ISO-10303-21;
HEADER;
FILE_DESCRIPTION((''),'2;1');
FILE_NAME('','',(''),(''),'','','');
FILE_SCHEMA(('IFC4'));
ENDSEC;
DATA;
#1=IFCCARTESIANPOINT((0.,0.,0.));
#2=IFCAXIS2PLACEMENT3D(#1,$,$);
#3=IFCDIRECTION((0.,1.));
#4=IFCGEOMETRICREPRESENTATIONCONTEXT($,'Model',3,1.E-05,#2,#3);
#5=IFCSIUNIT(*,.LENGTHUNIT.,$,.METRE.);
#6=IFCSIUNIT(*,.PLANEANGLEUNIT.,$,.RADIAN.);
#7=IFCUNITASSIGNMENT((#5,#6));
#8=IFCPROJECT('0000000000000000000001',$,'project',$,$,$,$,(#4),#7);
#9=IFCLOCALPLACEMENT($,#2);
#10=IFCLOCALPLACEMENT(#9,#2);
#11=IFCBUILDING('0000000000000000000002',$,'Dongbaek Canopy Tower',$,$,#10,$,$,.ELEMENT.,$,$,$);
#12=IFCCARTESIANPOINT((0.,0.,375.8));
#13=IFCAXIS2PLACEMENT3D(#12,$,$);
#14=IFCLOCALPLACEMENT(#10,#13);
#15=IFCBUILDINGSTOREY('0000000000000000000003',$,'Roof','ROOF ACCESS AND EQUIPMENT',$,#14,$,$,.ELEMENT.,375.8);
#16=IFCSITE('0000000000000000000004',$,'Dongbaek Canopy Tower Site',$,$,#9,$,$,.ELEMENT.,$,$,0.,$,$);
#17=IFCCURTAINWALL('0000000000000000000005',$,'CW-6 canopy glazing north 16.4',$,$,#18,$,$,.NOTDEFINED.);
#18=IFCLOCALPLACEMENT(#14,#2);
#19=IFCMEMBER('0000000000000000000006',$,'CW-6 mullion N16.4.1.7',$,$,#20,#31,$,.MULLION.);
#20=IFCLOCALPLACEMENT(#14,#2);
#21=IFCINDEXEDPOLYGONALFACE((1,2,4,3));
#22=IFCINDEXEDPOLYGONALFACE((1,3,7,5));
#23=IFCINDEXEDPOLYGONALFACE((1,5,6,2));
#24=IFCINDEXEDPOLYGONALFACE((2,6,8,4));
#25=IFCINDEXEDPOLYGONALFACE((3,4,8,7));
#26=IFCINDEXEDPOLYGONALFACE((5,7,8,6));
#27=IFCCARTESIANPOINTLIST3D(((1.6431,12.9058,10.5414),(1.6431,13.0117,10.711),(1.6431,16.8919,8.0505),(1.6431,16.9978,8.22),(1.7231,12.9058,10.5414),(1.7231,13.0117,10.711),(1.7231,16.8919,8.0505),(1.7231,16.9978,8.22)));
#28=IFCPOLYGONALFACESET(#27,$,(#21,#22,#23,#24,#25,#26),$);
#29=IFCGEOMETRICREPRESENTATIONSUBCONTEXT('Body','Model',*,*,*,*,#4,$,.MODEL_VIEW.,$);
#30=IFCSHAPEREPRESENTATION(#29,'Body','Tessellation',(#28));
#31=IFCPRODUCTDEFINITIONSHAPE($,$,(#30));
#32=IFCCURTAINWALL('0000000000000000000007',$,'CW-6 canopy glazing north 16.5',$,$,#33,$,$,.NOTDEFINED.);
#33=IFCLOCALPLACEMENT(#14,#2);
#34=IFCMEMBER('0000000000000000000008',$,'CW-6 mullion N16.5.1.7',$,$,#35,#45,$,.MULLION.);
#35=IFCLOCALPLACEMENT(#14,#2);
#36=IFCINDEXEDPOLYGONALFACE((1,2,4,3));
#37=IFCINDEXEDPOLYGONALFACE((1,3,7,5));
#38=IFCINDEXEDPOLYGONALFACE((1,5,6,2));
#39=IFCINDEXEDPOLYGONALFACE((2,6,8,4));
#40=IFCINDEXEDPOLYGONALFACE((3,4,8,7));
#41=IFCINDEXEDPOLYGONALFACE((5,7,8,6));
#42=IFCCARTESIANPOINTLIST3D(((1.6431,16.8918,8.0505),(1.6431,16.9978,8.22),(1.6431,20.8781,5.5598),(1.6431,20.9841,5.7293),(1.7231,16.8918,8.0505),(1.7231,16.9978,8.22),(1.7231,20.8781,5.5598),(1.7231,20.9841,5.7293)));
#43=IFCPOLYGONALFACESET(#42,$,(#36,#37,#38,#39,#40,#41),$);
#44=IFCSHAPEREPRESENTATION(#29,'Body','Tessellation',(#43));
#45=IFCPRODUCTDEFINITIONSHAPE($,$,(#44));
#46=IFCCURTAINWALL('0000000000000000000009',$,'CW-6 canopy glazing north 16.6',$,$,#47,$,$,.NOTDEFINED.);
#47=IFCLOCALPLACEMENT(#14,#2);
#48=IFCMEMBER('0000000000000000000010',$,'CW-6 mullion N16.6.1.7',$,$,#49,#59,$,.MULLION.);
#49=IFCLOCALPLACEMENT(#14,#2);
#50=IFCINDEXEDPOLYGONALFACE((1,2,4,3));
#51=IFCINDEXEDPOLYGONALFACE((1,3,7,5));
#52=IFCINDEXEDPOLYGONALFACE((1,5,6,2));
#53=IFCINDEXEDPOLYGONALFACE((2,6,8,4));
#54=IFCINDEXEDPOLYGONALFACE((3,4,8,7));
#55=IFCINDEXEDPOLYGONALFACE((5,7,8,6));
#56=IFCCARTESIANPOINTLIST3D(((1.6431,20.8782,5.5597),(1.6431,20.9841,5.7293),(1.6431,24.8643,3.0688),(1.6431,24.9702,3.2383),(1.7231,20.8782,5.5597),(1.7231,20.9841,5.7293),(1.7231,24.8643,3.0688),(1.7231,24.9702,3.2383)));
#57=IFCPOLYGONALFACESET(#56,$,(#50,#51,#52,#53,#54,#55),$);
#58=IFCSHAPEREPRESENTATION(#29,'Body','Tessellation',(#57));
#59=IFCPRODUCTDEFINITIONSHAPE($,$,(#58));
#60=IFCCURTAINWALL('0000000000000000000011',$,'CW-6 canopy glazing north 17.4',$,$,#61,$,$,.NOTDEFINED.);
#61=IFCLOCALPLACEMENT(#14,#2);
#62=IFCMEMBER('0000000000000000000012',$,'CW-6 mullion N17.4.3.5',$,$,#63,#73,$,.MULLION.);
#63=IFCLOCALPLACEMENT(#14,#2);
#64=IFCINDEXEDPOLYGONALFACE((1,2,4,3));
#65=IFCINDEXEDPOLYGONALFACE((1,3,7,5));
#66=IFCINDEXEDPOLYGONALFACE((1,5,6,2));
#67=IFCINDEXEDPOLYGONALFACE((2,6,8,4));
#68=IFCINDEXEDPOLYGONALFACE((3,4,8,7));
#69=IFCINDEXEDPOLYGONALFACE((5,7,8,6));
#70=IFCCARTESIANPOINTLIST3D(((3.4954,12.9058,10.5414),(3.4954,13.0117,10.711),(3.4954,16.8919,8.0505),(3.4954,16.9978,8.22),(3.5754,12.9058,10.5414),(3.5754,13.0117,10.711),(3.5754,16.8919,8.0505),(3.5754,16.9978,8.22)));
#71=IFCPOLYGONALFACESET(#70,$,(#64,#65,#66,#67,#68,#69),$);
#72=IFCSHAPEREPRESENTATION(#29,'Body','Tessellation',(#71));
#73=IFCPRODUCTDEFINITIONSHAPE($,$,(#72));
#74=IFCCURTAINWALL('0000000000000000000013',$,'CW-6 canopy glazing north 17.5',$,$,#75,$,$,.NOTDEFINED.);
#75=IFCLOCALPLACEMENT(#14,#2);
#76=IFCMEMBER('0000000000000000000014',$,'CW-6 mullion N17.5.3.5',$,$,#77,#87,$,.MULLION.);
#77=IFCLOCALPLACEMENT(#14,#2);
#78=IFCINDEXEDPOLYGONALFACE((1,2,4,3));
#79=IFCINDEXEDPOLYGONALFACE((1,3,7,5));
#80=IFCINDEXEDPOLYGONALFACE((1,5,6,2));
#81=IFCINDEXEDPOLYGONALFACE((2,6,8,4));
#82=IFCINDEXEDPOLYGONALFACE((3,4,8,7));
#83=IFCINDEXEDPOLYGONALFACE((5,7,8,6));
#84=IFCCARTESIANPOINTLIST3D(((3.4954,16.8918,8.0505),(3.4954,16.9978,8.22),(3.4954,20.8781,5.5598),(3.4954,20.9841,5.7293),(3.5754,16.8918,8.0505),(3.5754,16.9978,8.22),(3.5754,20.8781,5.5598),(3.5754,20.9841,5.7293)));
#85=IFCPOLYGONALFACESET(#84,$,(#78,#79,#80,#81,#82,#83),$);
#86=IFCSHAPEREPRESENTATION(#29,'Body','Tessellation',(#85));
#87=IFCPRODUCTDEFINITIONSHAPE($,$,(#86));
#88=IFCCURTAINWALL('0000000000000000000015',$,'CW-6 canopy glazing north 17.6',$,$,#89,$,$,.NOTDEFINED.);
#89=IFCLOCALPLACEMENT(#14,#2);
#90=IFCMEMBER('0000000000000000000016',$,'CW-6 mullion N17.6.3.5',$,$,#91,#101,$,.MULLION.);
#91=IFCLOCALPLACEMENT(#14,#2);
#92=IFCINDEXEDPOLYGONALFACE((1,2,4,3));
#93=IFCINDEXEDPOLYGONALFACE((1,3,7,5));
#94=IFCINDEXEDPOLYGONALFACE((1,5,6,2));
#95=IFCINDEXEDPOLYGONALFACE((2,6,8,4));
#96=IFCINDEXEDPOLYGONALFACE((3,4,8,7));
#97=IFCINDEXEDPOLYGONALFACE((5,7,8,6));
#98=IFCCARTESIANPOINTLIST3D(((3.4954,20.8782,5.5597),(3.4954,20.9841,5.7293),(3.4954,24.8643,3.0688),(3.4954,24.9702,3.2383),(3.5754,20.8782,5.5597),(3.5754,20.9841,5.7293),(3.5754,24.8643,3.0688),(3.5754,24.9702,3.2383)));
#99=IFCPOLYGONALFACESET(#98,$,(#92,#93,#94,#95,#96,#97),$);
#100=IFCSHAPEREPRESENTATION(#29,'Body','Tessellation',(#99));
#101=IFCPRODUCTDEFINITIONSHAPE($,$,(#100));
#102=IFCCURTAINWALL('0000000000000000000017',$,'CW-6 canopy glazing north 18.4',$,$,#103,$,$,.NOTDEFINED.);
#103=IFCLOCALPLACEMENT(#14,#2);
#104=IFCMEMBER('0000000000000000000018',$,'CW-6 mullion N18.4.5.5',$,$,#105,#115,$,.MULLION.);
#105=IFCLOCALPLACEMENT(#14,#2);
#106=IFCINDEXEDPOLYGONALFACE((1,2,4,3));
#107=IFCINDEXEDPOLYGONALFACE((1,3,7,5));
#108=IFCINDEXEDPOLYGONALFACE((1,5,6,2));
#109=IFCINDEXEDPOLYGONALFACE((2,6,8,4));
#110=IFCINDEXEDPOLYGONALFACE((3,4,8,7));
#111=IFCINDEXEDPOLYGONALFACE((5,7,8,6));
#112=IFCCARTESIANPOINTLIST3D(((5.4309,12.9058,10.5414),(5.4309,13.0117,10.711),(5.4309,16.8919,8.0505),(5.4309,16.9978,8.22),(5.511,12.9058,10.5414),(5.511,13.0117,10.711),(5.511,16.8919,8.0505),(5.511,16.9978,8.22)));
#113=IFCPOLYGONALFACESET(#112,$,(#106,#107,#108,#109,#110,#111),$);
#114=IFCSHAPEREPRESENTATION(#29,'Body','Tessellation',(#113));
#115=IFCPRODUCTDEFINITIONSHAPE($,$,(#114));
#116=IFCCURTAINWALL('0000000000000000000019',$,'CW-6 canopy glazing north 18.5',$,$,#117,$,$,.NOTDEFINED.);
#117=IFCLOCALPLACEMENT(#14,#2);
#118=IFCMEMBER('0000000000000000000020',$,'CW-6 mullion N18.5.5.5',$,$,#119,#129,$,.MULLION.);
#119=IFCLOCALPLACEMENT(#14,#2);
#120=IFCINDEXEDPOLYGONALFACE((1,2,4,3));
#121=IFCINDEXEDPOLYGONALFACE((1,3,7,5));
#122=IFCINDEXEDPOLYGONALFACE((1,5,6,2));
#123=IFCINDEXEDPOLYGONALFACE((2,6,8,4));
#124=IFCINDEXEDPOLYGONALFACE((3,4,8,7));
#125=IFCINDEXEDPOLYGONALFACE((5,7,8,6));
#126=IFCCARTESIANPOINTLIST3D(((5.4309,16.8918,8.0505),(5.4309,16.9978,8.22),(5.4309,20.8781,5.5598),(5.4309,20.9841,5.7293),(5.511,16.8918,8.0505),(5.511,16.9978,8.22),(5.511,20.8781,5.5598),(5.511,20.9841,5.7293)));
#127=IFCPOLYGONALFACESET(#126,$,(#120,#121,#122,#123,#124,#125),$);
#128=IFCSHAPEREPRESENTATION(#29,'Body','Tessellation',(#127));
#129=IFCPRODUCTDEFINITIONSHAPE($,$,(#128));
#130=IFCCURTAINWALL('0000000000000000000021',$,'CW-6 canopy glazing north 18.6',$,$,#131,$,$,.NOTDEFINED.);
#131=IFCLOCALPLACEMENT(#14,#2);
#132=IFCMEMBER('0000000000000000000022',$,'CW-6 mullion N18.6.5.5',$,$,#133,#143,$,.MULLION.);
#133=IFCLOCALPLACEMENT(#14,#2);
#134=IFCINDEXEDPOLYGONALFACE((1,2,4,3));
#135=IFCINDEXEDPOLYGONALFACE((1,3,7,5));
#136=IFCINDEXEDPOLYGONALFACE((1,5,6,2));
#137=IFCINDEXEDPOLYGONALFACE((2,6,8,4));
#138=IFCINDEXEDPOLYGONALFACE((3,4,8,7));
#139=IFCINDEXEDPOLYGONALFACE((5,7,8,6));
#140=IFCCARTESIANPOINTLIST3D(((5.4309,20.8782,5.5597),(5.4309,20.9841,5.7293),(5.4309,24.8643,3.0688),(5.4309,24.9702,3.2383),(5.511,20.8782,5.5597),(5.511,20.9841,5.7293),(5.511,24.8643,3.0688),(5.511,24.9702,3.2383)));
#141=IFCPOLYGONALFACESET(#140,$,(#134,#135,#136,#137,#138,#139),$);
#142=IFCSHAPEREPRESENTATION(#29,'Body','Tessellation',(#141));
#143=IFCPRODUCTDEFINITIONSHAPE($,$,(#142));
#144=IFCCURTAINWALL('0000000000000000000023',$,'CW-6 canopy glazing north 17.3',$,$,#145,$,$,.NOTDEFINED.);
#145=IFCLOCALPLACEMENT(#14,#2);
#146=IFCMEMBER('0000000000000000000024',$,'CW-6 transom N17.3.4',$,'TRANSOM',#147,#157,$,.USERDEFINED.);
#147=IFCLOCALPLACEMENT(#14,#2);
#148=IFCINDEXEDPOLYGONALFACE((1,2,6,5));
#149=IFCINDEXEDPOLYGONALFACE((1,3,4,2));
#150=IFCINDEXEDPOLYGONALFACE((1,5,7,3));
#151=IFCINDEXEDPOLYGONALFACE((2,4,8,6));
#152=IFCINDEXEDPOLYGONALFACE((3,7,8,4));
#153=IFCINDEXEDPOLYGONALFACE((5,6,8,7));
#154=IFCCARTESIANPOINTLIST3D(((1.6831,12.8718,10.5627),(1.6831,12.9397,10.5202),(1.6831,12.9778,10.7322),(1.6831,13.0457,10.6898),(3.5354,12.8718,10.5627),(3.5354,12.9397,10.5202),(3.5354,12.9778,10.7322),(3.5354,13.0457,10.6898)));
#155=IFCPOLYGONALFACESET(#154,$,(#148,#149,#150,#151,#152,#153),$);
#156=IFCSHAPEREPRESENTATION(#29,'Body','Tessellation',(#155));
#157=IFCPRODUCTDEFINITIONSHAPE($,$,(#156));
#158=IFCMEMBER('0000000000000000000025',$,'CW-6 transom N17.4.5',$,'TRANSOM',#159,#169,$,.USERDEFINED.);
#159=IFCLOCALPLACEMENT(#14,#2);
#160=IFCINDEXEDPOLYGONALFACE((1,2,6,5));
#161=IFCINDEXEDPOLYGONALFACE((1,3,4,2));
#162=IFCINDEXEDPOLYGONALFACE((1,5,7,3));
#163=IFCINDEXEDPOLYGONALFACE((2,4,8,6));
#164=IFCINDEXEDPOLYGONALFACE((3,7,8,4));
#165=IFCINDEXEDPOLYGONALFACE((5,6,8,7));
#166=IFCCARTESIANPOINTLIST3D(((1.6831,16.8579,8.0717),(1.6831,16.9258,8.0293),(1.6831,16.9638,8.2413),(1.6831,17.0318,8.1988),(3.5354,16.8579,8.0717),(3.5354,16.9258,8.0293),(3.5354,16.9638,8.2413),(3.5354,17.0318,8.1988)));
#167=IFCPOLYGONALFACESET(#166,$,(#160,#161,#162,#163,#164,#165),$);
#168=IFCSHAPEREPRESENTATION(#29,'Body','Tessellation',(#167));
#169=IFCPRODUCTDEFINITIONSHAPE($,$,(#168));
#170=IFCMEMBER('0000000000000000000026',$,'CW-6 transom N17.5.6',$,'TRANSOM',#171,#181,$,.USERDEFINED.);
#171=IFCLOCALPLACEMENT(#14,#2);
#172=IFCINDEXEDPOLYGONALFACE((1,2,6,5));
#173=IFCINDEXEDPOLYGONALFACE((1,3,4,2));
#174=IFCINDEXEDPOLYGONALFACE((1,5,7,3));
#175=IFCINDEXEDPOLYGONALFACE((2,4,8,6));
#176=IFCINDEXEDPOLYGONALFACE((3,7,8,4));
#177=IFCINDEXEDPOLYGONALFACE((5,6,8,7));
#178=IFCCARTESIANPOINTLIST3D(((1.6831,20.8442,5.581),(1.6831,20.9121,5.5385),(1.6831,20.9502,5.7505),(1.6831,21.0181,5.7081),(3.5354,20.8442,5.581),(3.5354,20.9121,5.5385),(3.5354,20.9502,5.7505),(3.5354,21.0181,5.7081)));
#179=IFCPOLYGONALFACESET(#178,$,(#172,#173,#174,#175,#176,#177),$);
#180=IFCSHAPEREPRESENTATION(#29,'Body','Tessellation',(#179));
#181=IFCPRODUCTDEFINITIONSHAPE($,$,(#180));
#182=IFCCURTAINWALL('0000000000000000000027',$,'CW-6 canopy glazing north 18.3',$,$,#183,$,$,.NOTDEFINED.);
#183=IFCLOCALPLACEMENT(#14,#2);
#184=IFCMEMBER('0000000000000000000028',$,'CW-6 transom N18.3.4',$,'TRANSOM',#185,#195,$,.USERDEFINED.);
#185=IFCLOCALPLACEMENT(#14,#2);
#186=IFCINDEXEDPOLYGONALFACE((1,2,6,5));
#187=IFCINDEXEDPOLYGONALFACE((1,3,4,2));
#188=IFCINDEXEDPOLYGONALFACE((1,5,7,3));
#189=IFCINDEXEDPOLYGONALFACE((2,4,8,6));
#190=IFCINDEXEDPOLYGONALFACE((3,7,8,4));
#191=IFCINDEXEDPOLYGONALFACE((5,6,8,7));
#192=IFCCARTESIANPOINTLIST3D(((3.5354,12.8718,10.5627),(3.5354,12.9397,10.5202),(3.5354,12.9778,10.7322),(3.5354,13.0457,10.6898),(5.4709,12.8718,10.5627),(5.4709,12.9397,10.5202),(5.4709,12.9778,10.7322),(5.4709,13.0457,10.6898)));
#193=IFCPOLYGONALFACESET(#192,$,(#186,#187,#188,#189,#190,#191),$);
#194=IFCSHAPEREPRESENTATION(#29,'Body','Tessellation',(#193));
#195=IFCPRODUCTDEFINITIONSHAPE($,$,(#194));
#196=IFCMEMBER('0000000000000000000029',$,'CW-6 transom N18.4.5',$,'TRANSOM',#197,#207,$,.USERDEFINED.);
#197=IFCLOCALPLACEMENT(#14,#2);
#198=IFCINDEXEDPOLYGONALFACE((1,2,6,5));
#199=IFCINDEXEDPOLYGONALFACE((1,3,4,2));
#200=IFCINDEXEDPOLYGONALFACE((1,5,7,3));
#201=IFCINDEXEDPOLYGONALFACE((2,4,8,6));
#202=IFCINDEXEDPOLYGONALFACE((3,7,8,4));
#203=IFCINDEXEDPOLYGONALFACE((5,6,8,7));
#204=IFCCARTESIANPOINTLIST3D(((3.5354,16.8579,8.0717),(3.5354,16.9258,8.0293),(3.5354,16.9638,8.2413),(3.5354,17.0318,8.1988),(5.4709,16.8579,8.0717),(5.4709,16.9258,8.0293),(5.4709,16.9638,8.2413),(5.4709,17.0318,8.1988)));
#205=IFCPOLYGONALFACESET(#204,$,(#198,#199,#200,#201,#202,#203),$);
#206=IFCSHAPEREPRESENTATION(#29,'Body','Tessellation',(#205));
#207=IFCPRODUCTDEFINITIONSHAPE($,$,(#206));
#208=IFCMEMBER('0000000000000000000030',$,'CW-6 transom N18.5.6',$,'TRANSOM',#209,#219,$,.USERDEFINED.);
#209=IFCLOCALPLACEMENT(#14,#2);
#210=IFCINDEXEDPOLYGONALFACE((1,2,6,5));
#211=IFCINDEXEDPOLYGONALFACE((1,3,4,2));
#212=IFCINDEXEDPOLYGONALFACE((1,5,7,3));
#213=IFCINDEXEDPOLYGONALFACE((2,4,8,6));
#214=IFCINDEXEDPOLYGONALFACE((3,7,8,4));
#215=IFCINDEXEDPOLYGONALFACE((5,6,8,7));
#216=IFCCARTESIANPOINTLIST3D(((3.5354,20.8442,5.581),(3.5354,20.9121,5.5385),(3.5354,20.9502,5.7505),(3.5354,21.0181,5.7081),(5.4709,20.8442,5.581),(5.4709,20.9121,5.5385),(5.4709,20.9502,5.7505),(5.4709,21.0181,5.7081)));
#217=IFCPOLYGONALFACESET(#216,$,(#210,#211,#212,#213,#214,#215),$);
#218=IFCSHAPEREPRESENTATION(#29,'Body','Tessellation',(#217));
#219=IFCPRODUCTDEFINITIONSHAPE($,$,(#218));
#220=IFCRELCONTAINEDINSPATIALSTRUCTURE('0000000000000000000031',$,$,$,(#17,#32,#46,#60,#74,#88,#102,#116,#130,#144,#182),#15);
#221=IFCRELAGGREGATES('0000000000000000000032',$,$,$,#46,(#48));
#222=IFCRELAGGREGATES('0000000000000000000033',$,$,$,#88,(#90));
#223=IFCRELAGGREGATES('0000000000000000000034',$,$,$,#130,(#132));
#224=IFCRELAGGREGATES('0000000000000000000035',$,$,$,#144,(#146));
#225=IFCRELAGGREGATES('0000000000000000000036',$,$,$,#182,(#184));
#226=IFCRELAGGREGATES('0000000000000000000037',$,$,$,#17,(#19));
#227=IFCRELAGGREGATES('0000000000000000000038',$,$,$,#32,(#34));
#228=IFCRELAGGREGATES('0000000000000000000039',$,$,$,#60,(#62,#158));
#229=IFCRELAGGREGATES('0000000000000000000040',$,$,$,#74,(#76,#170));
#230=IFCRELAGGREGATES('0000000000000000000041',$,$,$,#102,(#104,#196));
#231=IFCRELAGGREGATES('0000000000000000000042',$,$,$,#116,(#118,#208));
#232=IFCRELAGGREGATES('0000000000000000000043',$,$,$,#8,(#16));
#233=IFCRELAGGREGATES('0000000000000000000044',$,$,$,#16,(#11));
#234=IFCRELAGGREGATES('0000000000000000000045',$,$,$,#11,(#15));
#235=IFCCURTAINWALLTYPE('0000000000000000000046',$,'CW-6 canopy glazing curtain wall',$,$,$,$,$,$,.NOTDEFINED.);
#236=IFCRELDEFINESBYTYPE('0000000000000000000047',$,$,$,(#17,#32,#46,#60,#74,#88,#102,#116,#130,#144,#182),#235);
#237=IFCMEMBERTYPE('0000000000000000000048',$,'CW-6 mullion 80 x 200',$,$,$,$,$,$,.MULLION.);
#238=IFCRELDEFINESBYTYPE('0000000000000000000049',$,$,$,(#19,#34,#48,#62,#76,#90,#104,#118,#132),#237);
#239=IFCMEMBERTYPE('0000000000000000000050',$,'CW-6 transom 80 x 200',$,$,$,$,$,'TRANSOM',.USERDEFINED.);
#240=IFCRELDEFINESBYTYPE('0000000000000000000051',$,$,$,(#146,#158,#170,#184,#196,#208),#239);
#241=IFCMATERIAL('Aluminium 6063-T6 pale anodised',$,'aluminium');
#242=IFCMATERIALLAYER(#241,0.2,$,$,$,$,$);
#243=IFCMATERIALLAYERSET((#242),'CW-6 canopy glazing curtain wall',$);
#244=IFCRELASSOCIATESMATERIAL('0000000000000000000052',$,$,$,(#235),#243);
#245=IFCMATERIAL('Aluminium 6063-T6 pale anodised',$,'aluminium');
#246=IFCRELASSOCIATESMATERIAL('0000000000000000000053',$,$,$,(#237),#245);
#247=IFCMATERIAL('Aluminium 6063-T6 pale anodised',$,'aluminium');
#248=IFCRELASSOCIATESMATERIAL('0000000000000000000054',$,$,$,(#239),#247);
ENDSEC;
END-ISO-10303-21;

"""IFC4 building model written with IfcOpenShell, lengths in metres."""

from ifc_helpers import new_model, si_unit, direction, frame, origin, origin_2d, place, context, subcontext, project, spatial, rectangle, extrude, material, layer, layer_set, material_profile, profile_set, type_object, element, aggregate, save


model = new_model("IFC4")

# Units and contexts
model_context = context("Model", 3, precision=1e-05, world=origin(), true_north=direction((0.0, 1.0)))
body_context = subcontext(model_context, "Body", "Model", "MODEL_VIEW")
ifc_project = project(units=[si_unit("LENGTHUNIT", "METRE"), si_unit("PLANEANGLEUNIT", "RADIAN")], contexts=[model_context])

# Site, building, storey
site_placement = place(None, origin())
site = spatial("IfcSite", under=ifc_project, at=site_placement, Name="Dongbaek Canopy Tower Site", CompositionType="ELEMENT", RefElevation=0.0)
building_placement = place(site_placement, origin())
building = spatial("IfcBuilding", under=site, at=building_placement, Name="Dongbaek Canopy Tower", CompositionType="ELEMENT")
storey_placement = place(building_placement, frame((0.0, 0.0, 375.8)))
storey = spatial("IfcBuildingStorey", under=building, at=storey_placement, Name="Roof", Description="ROOF ACCESS AND EQUIPMENT", CompositionType="ELEMENT", Elevation=375.8)

# Curtain walls, members
ifc_material_1 = material(Name="Aluminium 6063-T6 pale anodised", Category="aluminium")
ifc_layer_1 = layer(ifc_material_1, 0.2)
ifc_layer_set_1 = layer_set([ifc_layer_1], Name="CW-6 canopy glazing curtain wall")
curtain_wall_type = type_object("IfcCurtainWallType", Name="CW-6 canopy glazing curtain wall", PredefinedType="NOTDEFINED", material=ifc_layer_set_1)
curtain_wall_1_placement = place(storey_placement, origin())
curtain_wall_1 = element("IfcCurtainWall", 1, at=curtain_wall_1_placement, inside=storey, type_object=curtain_wall_type, Name="CW-6 canopy glazing north 16.4", PredefinedType="NOTDEFINED")
ifc_material_2 = material(Name="Aluminium 6063-T6 pale anodised", Category="aluminium")
ifc_material_profile_1 = material_profile(ifc_material_2, rectangle(XDim=0.0801, YDim=0.2, at=origin_2d()), Name="CW-6 mullion 80 x 200")
ifc_profile_set_1 = profile_set([ifc_material_profile_1], Name="Aluminium 6063-T6 pale anodised")
member_type_1 = type_object("IfcMemberType", Name="CW-6 mullion 80 x 200", PredefinedType="MULLION", material=ifc_profile_set_1)
member_1_placement = place(storey_placement, frame((1.6831, 12.9587, 10.6262), z_axis=(0.0, 0.84803, -0.529948), x_axis=(-1.0, 0.0, 0.0)))
member_1 = element("IfcMember", 2, at=member_1_placement, type_object=member_type_1, Name="CW-6 mullion N16.4.1.7", PredefinedType="MULLION", context=body_context, shape_type="SweptSolid", body=[
    extrude(rectangle(XDim=0.0801, YDim=0.2, at=origin_2d()), origin(), (0.0, 0.0, 1.0), 4.7004),
])
curtain_wall_2_placement = place(storey_placement, origin())
curtain_wall_2 = element("IfcCurtainWall", 3, at=curtain_wall_2_placement, inside=storey, type_object=curtain_wall_type, Name="CW-6 canopy glazing north 16.5", PredefinedType="NOTDEFINED")
member_2_placement = place(storey_placement, frame((1.6831, 16.9448, 8.1353), z_axis=(0.0, 0.848068, -0.529887), x_axis=(-1.0, 0.0, 0.0)))
member_2 = element("IfcMember", 4, at=member_2_placement, type_object=member_type_1, Name="CW-6 mullion N16.5.1.7", PredefinedType="MULLION", context=body_context, shape_type="SweptSolid", body=[
    extrude(rectangle(XDim=0.0801, YDim=0.2, at=origin_2d()), origin(), (0.0, 0.0, 1.0), 4.7004),
])
curtain_wall_3_placement = place(storey_placement, origin())
curtain_wall_3 = element("IfcCurtainWall", 5, at=curtain_wall_3_placement, inside=storey, type_object=curtain_wall_type, Name="CW-6 canopy glazing north 16.6", PredefinedType="NOTDEFINED")
member_3_placement = place(storey_placement, frame((1.6831, 20.9312, 5.6445), z_axis=(0.0, 0.84803, -0.529948), x_axis=(-1.0, 0.0, 0.0)))
member_3 = element("IfcMember", 6, at=member_3_placement, type_object=member_type_1, Name="CW-6 mullion N16.6.1.7", PredefinedType="MULLION", context=body_context, shape_type="SweptSolid", body=[
    extrude(rectangle(XDim=0.0801, YDim=0.2, at=origin_2d()), origin(), (0.0, 0.0, 1.0), 4.7004),
])
aggregate(curtain_wall_3, [member_3])
curtain_wall_4_placement = place(storey_placement, origin())
curtain_wall_4 = element("IfcCurtainWall", 7, at=curtain_wall_4_placement, inside=storey, type_object=curtain_wall_type, Name="CW-6 canopy glazing north 17.4", PredefinedType="NOTDEFINED")
member_4_placement = place(storey_placement, frame((3.5354, 12.9587, 10.6262), z_axis=(0.0, 0.84803, -0.529948), x_axis=(-1.0, 0.0, 0.0)))
member_4 = element("IfcMember", 8, at=member_4_placement, type_object=member_type_1, Name="CW-6 mullion N17.4.3.5", PredefinedType="MULLION", context=body_context, shape_type="SweptSolid", body=[
    extrude(rectangle(XDim=0.0801, YDim=0.2, at=origin_2d()), origin(), (0.0, 0.0, 1.0), 4.7004),
])
curtain_wall_5_placement = place(storey_placement, origin())
curtain_wall_5 = element("IfcCurtainWall", 9, at=curtain_wall_5_placement, inside=storey, type_object=curtain_wall_type, Name="CW-6 canopy glazing north 17.5", PredefinedType="NOTDEFINED")
member_5_placement = place(storey_placement, frame((3.5354, 16.9448, 8.1353), z_axis=(0.0, 0.848068, -0.529887), x_axis=(-1.0, 0.0, 0.0)))
member_5 = element("IfcMember", 10, at=member_5_placement, type_object=member_type_1, Name="CW-6 mullion N17.5.3.5", PredefinedType="MULLION", context=body_context, shape_type="SweptSolid", body=[
    extrude(rectangle(XDim=0.0801, YDim=0.2, at=origin_2d()), origin(), (0.0, 0.0, 1.0), 4.7004),
])
curtain_wall_6_placement = place(storey_placement, origin())
curtain_wall_6 = element("IfcCurtainWall", 11, at=curtain_wall_6_placement, inside=storey, type_object=curtain_wall_type, Name="CW-6 canopy glazing north 17.6", PredefinedType="NOTDEFINED")
member_6_placement = place(storey_placement, frame((3.5354, 20.9312, 5.6445), z_axis=(0.0, 0.84803, -0.529948), x_axis=(-1.0, 0.0, 0.0)))
member_6 = element("IfcMember", 12, at=member_6_placement, type_object=member_type_1, Name="CW-6 mullion N17.6.3.5", PredefinedType="MULLION", context=body_context, shape_type="SweptSolid", body=[
    extrude(rectangle(XDim=0.0801, YDim=0.2, at=origin_2d()), origin(), (0.0, 0.0, 1.0), 4.7004),
])
aggregate(curtain_wall_6, [member_6])
curtain_wall_7_placement = place(storey_placement, origin())
curtain_wall_7 = element("IfcCurtainWall", 13, at=curtain_wall_7_placement, inside=storey, type_object=curtain_wall_type, Name="CW-6 canopy glazing north 18.4", PredefinedType="NOTDEFINED")
member_7_placement = place(storey_placement, frame((5.4709, 12.9587, 10.6262), z_axis=(0.0, 0.84803, -0.529948), x_axis=(-1.0, 0.0, 0.0)))
member_7 = element("IfcMember", 14, at=member_7_placement, type_object=member_type_1, Name="CW-6 mullion N18.4.5.5", PredefinedType="MULLION", context=body_context, shape_type="SweptSolid", body=[
    extrude(rectangle(XDim=0.0801, YDim=0.2, at=origin_2d()), origin(), (0.0, 0.0, 1.0), 4.7004),
])
curtain_wall_8_placement = place(storey_placement, origin())
curtain_wall_8 = element("IfcCurtainWall", 15, at=curtain_wall_8_placement, inside=storey, type_object=curtain_wall_type, Name="CW-6 canopy glazing north 18.5", PredefinedType="NOTDEFINED")
member_8_placement = place(storey_placement, frame((5.4709, 16.9448, 8.1353), z_axis=(0.0, 0.848068, -0.529887), x_axis=(-1.0, 0.0, 0.0)))
member_8 = element("IfcMember", 16, at=member_8_placement, type_object=member_type_1, Name="CW-6 mullion N18.5.5.5", PredefinedType="MULLION", context=body_context, shape_type="SweptSolid", body=[
    extrude(rectangle(XDim=0.0801, YDim=0.2, at=origin_2d()), origin(), (0.0, 0.0, 1.0), 4.7004),
])
curtain_wall_9_placement = place(storey_placement, origin())
curtain_wall_9 = element("IfcCurtainWall", 17, at=curtain_wall_9_placement, inside=storey, type_object=curtain_wall_type, Name="CW-6 canopy glazing north 18.6", PredefinedType="NOTDEFINED")
member_9_placement = place(storey_placement, frame((5.4709, 20.9312, 5.6445), z_axis=(0.0, 0.84803, -0.529948), x_axis=(-1.0, 0.0, 0.0)))
member_9 = element("IfcMember", 18, at=member_9_placement, type_object=member_type_1, Name="CW-6 mullion N18.6.5.5", PredefinedType="MULLION", context=body_context, shape_type="SweptSolid", body=[
    extrude(rectangle(XDim=0.0801, YDim=0.2, at=origin_2d()), origin(), (0.0, 0.0, 1.0), 4.7004),
])
aggregate(curtain_wall_9, [member_9])
curtain_wall_10_placement = place(storey_placement, origin())
curtain_wall_10 = element("IfcCurtainWall", 19, at=curtain_wall_10_placement, inside=storey, type_object=curtain_wall_type, Name="CW-6 canopy glazing north 17.3", PredefinedType="NOTDEFINED")
ifc_material_3 = material(Name="Aluminium 6063-T6 pale anodised", Category="aluminium")
ifc_material_profile_2 = material_profile(ifc_material_3, rectangle(XDim=0.0801, YDim=0.2, at=origin_2d()), Name="CW-6 transom 80 x 200")
ifc_profile_set_2 = profile_set([ifc_material_profile_2], Name="Aluminium 6063-T6 pale anodised")
member_type_2 = type_object("IfcMemberType", Name="CW-6 transom 80 x 200", ElementType="TRANSOM", PredefinedType="USERDEFINED", material=ifc_profile_set_2)
member_10_placement = place(storey_placement, frame((1.6831, 12.9587, 10.6262), z_axis=(1.0, 0.0, 0.0), x_axis=(0.0, 0.848048, -0.529919)))
member_10 = element("IfcMember", 20, at=member_10_placement, type_object=member_type_2, Name="CW-6 transom N17.3.4", ObjectType="TRANSOM", PredefinedType="USERDEFINED", context=body_context, shape_type="SweptSolid", body=[
    extrude(rectangle(XDim=0.0801, YDim=0.2, at=origin_2d()), origin(), (0.0, 0.0, 1.0), 1.8523),
])
aggregate(curtain_wall_10, [member_10])

# Members
member_11_placement = place(storey_placement, frame((1.6831, 16.9448, 8.1353), z_axis=(1.0, 0.0, 0.0), x_axis=(0.0, 0.848048, -0.529919)))
member_11 = element("IfcMember", 21, at=member_11_placement, type_object=member_type_2, Name="CW-6 transom N17.4.5", ObjectType="TRANSOM", PredefinedType="USERDEFINED", context=body_context, shape_type="SweptSolid", body=[
    extrude(rectangle(XDim=0.0801, YDim=0.2, at=origin_2d()), origin(), (0.0, 0.0, 1.0), 1.8523),
])
member_12_placement = place(storey_placement, frame((1.6831, 20.9312, 5.6445), z_axis=(1.0, 0.0, 0.0), x_axis=(0.0, 0.848048, -0.529919)))
member_12 = element("IfcMember", 22, at=member_12_placement, type_object=member_type_2, Name="CW-6 transom N17.5.6", ObjectType="TRANSOM", PredefinedType="USERDEFINED", context=body_context, shape_type="SweptSolid", body=[
    extrude(rectangle(XDim=0.0801, YDim=0.2, at=origin_2d()), origin(), (0.0, 0.0, 1.0), 1.8523),
])

# Curtain wall, member
curtain_wall_11_placement = place(storey_placement, origin())
curtain_wall_11 = element("IfcCurtainWall", 23, at=curtain_wall_11_placement, inside=storey, type_object=curtain_wall_type, Name="CW-6 canopy glazing north 18.3", PredefinedType="NOTDEFINED")
member_13_placement = place(storey_placement, frame((3.5354, 12.9587, 10.6262), z_axis=(1.0, 0.0, 0.0), x_axis=(0.0, 0.848048, -0.529919)))
member_13 = element("IfcMember", 24, at=member_13_placement, type_object=member_type_2, Name="CW-6 transom N18.3.4", ObjectType="TRANSOM", PredefinedType="USERDEFINED", context=body_context, shape_type="SweptSolid", body=[
    extrude(rectangle(XDim=0.0801, YDim=0.2, at=origin_2d()), origin(), (0.0, 0.0, 1.0), 1.9355),
])
aggregate(curtain_wall_11, [member_13])

# Members
member_14_placement = place(storey_placement, frame((3.5354, 16.9448, 8.1353), z_axis=(1.0, 0.0, 0.0), x_axis=(0.0, 0.848048, -0.529919)))
member_14 = element("IfcMember", 25, at=member_14_placement, type_object=member_type_2, Name="CW-6 transom N18.4.5", ObjectType="TRANSOM", PredefinedType="USERDEFINED", context=body_context, shape_type="SweptSolid", body=[
    extrude(rectangle(XDim=0.0801, YDim=0.2, at=origin_2d()), origin(), (0.0, 0.0, 1.0), 1.9355),
])
member_15_placement = place(storey_placement, frame((3.5354, 20.9312, 5.6445), z_axis=(1.0, 0.0, 0.0), x_axis=(0.0, 0.848048, -0.529919)))
member_15 = element("IfcMember", 26, at=member_15_placement, type_object=member_type_2, Name="CW-6 transom N18.5.6", ObjectType="TRANSOM", PredefinedType="USERDEFINED", context=body_context, shape_type="SweptSolid", body=[
    extrude(rectangle(XDim=0.0801, YDim=0.2, at=origin_2d()), origin(), (0.0, 0.0, 1.0), 1.9355),
])

aggregate(curtain_wall_1, [member_1])
aggregate(curtain_wall_2, [member_2])
aggregate(curtain_wall_4, [member_4, member_11])
aggregate(curtain_wall_5, [member_5, member_12])
aggregate(curtain_wall_7, [member_7, member_14])
aggregate(curtain_wall_8, [member_8, member_15])

save(model, "model.ifc")
